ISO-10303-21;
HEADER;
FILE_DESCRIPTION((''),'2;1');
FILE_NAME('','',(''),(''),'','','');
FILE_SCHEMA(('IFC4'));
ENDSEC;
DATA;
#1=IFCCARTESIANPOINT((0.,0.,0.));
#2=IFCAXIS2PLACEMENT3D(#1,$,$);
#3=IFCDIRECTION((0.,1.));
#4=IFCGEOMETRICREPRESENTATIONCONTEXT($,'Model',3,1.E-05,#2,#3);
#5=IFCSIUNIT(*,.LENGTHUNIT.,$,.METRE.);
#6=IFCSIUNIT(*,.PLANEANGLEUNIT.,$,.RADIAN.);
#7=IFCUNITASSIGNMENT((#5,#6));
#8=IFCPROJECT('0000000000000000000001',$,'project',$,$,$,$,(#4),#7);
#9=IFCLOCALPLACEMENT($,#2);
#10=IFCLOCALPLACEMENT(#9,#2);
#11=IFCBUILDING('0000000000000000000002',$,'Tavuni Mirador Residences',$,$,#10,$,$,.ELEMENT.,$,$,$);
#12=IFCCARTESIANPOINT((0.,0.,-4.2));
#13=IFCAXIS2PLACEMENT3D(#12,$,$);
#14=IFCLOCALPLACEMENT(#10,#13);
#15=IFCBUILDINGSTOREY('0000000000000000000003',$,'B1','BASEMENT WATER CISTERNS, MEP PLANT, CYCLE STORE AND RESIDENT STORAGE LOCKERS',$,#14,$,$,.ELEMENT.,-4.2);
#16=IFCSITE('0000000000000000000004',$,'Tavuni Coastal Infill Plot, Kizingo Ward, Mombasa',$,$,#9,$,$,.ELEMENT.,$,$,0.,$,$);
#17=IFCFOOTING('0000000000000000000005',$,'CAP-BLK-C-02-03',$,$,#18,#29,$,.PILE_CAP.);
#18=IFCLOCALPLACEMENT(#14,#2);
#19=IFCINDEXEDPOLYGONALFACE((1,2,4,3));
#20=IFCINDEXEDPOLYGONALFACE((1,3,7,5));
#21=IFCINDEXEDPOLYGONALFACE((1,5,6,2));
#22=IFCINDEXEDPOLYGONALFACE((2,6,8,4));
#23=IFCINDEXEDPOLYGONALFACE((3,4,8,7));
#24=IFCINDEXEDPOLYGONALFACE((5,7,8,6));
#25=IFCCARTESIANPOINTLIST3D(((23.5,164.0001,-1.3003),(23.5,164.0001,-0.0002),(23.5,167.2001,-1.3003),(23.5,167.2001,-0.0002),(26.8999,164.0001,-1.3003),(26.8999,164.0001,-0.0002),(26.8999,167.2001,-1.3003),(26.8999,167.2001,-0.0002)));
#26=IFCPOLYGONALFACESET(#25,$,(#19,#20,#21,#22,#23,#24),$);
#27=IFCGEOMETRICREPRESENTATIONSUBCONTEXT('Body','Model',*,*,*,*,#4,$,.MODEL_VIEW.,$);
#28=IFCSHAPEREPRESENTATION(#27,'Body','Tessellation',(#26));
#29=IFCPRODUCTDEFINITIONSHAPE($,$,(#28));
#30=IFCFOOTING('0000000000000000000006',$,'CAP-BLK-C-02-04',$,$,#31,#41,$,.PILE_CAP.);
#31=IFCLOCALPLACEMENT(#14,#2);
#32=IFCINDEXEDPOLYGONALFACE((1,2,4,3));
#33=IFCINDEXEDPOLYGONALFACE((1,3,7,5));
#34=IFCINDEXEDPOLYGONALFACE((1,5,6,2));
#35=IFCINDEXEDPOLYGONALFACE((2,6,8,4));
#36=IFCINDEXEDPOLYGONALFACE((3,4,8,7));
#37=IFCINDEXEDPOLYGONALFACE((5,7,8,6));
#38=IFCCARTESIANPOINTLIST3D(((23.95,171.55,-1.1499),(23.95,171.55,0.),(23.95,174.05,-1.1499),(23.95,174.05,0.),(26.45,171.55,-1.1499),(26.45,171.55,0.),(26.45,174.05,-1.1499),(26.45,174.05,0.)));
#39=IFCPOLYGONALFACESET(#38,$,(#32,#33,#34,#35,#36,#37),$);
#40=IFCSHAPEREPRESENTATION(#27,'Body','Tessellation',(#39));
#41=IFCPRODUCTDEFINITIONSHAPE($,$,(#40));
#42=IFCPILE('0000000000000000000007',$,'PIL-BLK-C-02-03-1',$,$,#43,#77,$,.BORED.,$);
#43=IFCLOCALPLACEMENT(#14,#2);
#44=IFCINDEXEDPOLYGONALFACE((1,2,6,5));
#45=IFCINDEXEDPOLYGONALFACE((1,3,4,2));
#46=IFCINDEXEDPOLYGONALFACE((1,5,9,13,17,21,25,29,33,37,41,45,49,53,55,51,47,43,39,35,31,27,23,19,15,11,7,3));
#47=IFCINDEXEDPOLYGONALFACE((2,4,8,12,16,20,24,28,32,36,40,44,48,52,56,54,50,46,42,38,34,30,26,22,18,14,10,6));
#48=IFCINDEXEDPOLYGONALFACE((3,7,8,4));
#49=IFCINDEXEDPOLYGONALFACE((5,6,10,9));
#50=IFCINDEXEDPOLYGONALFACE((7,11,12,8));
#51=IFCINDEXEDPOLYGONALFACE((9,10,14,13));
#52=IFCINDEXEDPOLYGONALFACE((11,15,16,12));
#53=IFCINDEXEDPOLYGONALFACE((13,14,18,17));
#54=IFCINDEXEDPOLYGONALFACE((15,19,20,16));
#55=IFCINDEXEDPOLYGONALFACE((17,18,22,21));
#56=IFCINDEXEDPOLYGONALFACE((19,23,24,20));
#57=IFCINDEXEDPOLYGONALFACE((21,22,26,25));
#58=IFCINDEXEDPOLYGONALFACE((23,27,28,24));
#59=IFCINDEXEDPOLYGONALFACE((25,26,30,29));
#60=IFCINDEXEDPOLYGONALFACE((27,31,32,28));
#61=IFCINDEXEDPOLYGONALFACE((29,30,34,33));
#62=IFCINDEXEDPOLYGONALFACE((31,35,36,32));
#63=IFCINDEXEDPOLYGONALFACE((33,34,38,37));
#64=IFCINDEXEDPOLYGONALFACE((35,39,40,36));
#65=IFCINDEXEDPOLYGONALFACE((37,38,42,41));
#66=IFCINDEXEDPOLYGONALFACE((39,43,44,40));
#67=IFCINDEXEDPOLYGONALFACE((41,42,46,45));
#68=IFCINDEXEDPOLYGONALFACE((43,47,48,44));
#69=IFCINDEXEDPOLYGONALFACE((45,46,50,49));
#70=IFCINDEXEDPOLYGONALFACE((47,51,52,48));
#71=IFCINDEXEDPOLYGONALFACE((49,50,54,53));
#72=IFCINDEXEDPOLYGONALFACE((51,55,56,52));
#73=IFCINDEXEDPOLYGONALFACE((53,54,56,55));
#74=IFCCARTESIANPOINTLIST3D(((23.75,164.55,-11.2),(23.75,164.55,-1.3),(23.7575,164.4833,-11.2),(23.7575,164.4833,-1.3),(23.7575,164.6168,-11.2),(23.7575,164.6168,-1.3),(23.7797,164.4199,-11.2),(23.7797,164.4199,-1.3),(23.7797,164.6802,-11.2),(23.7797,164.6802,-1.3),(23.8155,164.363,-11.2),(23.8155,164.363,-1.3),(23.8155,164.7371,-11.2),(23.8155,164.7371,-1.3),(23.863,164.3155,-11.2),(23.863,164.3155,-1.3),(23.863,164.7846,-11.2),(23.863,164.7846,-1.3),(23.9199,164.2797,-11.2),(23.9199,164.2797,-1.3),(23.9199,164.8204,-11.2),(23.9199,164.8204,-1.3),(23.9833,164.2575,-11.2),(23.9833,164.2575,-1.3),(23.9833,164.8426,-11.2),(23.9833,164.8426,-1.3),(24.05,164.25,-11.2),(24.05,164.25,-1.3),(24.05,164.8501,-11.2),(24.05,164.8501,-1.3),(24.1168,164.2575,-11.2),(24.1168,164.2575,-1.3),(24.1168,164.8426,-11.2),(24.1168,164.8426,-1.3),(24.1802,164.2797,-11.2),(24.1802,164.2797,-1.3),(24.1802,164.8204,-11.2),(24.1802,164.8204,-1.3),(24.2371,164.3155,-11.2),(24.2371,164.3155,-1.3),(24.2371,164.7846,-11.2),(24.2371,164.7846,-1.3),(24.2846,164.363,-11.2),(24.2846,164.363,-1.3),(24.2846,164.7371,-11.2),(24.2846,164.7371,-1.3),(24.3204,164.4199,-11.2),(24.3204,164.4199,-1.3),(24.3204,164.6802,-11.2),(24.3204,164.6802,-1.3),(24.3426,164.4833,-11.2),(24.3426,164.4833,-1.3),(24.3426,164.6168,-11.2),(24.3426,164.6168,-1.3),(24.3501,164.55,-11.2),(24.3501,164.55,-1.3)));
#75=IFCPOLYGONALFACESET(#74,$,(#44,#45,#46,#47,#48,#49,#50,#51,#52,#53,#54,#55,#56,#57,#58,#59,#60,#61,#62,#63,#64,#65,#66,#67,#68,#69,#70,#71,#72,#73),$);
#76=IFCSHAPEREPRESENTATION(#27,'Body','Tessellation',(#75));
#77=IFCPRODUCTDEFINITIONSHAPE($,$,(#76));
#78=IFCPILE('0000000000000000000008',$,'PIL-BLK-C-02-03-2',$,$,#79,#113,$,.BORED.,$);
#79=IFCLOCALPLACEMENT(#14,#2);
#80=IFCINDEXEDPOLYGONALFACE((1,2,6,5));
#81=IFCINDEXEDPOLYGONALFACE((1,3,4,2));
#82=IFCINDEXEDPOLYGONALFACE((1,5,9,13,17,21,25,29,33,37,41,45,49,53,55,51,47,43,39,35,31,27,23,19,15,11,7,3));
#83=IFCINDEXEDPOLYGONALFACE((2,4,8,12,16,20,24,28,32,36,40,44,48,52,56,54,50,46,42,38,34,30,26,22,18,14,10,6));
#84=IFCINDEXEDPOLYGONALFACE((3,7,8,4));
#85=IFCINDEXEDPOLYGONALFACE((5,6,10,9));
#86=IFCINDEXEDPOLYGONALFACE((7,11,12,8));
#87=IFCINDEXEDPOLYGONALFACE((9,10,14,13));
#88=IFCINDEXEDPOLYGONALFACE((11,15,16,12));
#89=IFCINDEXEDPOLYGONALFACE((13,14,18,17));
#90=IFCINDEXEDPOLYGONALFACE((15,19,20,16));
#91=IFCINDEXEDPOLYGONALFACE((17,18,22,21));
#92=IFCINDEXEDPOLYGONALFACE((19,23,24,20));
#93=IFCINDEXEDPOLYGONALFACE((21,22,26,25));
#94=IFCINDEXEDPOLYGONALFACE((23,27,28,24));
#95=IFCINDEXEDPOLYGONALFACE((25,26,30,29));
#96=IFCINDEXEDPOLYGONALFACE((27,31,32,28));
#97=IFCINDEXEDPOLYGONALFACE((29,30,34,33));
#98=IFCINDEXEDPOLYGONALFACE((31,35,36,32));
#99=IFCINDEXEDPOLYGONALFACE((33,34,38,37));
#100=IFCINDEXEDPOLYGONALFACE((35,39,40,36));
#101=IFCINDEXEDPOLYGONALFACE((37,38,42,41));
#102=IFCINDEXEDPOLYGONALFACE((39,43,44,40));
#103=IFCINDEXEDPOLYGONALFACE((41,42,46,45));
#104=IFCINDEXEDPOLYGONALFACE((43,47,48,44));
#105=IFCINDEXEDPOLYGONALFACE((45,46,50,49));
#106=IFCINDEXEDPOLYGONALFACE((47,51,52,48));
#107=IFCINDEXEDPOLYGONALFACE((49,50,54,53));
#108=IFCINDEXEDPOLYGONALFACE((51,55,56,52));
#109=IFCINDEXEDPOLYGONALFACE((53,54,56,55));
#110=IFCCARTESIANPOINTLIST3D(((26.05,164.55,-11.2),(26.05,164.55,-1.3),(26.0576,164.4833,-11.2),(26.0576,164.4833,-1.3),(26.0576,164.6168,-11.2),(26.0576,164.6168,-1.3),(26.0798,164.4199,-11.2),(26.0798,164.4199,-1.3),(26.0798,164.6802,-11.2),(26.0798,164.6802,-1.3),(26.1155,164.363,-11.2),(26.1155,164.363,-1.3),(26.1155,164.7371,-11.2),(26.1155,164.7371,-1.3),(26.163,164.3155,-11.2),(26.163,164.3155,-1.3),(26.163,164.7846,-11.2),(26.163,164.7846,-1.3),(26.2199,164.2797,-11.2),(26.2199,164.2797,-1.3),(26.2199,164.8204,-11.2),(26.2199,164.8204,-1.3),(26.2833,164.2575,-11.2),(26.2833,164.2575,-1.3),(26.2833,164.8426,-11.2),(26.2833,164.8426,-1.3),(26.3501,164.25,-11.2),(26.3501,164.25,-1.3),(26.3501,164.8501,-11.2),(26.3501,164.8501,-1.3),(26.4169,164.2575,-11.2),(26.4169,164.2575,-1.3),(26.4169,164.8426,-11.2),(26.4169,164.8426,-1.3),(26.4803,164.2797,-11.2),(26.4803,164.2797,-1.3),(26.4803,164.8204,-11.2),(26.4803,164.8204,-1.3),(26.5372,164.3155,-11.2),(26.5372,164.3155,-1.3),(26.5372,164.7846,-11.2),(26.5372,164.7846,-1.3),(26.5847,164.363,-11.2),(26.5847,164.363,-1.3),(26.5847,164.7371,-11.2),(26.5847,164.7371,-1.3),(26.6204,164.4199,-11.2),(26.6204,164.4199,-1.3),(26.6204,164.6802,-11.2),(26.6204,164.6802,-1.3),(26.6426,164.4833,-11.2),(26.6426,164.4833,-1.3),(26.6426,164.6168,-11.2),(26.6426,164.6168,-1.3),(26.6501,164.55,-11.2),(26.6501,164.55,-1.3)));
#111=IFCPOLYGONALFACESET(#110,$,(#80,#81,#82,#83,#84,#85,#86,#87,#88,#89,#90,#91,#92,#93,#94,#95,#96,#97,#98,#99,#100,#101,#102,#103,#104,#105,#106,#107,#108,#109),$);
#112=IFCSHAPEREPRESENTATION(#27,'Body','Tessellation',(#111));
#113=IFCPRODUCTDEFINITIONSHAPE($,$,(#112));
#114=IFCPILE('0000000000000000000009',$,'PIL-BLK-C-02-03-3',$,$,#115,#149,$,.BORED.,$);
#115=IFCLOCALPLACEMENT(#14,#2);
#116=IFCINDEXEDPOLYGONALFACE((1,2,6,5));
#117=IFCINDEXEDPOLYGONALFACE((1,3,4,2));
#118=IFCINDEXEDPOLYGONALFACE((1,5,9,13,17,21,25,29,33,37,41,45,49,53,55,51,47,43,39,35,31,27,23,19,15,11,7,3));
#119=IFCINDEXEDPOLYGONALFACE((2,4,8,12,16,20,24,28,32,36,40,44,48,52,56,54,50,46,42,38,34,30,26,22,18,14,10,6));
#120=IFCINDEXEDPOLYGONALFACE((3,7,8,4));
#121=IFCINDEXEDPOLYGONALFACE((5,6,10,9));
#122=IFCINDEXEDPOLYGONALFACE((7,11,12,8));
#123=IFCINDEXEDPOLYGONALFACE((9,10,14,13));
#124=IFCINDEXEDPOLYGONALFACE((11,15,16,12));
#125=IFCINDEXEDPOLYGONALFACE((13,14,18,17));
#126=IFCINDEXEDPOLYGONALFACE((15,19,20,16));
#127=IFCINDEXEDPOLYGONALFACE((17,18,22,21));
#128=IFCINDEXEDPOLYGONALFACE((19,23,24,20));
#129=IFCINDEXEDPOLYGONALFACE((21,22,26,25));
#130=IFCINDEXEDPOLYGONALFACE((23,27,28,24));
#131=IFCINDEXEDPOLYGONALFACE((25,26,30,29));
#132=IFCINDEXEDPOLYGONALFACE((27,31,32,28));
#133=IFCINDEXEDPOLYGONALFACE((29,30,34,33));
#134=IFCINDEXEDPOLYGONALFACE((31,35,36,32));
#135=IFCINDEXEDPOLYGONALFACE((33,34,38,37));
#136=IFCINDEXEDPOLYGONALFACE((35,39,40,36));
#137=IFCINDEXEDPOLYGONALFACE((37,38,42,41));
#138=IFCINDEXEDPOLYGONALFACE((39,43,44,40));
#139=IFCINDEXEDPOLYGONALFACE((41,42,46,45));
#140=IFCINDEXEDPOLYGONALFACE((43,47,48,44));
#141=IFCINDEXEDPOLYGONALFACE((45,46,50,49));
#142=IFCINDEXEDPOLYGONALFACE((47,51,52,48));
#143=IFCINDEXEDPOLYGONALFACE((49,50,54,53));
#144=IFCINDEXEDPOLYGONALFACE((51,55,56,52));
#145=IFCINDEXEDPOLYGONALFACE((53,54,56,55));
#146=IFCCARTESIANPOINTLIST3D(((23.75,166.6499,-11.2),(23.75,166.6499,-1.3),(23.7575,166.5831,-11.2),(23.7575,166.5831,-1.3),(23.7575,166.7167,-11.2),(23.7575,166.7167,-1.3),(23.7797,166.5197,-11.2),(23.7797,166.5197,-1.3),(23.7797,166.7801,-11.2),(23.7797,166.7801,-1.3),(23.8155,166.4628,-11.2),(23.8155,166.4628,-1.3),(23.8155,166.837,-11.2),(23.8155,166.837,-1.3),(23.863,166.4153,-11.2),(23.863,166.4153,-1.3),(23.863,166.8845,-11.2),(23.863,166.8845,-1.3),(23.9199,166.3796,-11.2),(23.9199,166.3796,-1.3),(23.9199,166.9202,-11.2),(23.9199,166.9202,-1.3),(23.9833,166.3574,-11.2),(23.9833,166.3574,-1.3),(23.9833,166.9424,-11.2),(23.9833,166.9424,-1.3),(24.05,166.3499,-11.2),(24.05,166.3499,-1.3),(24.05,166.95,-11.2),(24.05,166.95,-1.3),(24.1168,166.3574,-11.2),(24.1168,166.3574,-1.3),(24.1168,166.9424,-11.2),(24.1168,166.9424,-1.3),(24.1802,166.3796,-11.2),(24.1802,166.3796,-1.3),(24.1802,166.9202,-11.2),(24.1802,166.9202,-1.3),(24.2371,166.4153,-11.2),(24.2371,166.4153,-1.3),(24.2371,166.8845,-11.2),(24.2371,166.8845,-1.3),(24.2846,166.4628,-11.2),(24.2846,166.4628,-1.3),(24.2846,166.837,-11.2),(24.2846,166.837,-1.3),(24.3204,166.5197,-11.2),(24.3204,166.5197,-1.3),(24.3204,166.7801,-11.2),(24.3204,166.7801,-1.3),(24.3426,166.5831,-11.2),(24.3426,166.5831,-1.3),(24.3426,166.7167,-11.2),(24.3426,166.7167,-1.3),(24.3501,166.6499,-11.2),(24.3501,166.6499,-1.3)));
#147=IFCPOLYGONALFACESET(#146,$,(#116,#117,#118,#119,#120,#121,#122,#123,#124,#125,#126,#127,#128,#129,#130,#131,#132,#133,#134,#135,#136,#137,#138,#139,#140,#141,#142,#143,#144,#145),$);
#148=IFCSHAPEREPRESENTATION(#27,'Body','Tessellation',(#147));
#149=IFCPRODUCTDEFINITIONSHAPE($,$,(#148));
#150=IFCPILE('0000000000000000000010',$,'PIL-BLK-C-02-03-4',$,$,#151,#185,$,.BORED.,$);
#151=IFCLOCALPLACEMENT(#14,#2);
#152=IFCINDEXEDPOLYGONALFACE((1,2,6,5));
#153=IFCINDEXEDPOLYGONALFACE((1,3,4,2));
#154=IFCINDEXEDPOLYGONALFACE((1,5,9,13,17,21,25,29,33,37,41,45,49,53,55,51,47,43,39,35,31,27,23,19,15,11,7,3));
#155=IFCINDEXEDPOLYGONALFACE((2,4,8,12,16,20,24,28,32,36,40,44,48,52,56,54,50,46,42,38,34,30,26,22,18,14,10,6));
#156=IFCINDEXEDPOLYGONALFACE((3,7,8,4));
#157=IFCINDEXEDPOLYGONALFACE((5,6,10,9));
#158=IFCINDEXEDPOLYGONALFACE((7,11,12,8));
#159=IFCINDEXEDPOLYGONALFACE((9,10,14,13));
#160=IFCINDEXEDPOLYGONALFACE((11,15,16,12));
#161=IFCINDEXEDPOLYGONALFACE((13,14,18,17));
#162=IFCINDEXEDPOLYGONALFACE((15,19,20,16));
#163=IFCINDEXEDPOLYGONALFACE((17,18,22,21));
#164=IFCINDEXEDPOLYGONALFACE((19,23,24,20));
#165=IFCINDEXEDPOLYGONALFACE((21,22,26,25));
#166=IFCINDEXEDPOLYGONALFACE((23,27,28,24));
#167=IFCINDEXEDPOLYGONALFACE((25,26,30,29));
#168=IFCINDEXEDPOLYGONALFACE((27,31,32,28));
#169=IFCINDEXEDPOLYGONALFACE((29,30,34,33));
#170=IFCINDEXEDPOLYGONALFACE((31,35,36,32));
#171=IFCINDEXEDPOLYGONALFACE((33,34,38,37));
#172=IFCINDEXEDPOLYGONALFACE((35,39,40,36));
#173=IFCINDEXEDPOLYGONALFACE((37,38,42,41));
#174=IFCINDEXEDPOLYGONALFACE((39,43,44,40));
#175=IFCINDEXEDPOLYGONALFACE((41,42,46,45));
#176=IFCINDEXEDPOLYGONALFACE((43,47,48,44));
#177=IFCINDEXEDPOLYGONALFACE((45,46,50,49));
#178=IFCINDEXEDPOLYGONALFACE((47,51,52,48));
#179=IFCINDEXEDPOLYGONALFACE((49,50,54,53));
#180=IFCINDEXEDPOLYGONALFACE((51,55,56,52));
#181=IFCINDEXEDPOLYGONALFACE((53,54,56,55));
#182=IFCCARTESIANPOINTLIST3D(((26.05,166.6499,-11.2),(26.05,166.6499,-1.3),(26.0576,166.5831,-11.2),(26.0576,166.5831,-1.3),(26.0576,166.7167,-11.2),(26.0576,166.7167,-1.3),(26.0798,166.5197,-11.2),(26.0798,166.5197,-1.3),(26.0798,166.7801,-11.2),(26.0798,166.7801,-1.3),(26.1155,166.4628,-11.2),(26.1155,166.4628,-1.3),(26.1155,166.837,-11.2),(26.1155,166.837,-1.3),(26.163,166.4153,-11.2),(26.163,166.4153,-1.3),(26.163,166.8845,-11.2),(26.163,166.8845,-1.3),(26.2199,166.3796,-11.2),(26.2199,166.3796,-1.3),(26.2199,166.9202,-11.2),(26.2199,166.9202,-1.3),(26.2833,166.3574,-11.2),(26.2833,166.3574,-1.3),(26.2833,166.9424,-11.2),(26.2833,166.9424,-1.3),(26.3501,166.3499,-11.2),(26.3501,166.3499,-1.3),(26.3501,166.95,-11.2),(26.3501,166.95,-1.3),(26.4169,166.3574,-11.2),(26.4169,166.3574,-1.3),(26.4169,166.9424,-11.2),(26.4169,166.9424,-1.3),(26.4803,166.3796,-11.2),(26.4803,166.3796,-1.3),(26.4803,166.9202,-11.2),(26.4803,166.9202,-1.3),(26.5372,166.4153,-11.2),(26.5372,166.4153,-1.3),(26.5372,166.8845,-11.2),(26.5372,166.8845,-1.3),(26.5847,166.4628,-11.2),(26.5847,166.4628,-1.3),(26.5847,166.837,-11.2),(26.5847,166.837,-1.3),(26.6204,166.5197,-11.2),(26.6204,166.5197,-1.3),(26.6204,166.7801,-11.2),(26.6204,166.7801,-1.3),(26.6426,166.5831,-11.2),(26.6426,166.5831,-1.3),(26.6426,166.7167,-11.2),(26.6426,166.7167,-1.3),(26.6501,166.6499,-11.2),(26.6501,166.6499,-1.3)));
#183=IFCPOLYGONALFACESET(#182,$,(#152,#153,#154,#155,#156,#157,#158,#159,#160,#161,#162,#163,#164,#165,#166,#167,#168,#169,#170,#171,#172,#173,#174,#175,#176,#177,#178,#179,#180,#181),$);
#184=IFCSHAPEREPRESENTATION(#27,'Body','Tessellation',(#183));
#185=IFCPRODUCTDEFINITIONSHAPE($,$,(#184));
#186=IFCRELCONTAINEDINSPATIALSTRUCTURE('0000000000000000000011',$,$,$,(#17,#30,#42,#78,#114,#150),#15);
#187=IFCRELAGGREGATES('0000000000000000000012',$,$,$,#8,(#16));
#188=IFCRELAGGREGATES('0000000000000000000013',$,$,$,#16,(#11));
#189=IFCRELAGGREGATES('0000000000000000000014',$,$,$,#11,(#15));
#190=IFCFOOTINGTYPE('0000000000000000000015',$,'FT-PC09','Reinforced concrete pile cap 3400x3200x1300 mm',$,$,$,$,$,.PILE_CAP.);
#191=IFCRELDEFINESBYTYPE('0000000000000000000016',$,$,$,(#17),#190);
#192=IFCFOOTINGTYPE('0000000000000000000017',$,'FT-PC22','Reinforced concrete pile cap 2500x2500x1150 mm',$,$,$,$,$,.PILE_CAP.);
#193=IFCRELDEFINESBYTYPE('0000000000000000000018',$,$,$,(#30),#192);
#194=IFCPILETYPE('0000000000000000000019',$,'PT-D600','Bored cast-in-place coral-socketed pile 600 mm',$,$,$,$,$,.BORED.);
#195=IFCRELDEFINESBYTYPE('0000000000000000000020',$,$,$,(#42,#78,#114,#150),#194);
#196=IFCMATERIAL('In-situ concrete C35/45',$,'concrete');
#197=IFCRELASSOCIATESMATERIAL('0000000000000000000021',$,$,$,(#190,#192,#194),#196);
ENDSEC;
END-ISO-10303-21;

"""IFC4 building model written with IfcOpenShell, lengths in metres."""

from ifc_helpers import new_model, si_unit, direction, frame, origin, origin_2d, place, context, subcontext, project, spatial, rectangle, circle, extrude, material, material_profile, profile_set, type_object, element, save


model = new_model("IFC4")

# Units and contexts
model_context = context("Model", 3, precision=1e-05, world=origin(), true_north=direction((0.0, 1.0)))
body_context = subcontext(model_context, "Body", "Model", "MODEL_VIEW")
ifc_project = project(units=[si_unit("LENGTHUNIT", "METRE"), si_unit("PLANEANGLEUNIT", "RADIAN")], contexts=[model_context])

# Site, building, storey
site_placement = place(None, origin())
site = spatial("IfcSite", under=ifc_project, at=site_placement, Name="Tavuni Coastal Infill Plot, Kizingo Ward, Mombasa", CompositionType="ELEMENT", RefElevation=0.0)
building_placement = place(site_placement, origin())
building = spatial("IfcBuilding", under=site, at=building_placement, Name="Tavuni Mirador Residences", CompositionType="ELEMENT")
storey_placement = place(building_placement, frame((0.0, 0.0, -4.2)))
storey = spatial("IfcBuildingStorey", under=building, at=storey_placement, Name="B1", Description="BASEMENT WATER CISTERNS, MEP PLANT, CYCLE STORE AND RESIDENT STORAGE LOCKERS", CompositionType="ELEMENT", Elevation=-4.2)

# Footings
ifc_material_1 = material(Name="In-situ concrete C35/45", Category="concrete")
footing_type_1 = type_object("IfcFootingType", Name="FT-PC09", Description="Reinforced concrete pile cap 3400x3200x1300 mm", PredefinedType="PILE_CAP", material=ifc_material_1)
footing_1_placement = place(storey_placement, frame((25.2, 165.6001, -1.3003), z_axis=(0.0, 0.0, 1.0), x_axis=(1.0, 0.0, 0.0)))
element("IfcFooting", 1, at=footing_1_placement, inside=storey, type_object=footing_type_1, Name="CAP-BLK-C-02-03", PredefinedType="PILE_CAP", context=body_context, shape_type="SweptSolid", body=[
    extrude(rectangle(XDim=3.3999, YDim=3.2, at=origin_2d()), origin(), (0.0, 0.0, 1.0), 1.3),
])
footing_type_2 = type_object("IfcFootingType", Name="FT-PC22", Description="Reinforced concrete pile cap 2500x2500x1150 mm", PredefinedType="PILE_CAP", material=ifc_material_1)
footing_2_placement = place(storey_placement, frame((25.2, 172.8, -1.1499), z_axis=(0.0, 0.0, 1.0), x_axis=(1.0, 0.0, 0.0)))
element("IfcFooting", 2, at=footing_2_placement, inside=storey, type_object=footing_type_2, Name="CAP-BLK-C-02-04", PredefinedType="PILE_CAP", context=body_context, shape_type="SweptSolid", body=[
    extrude(rectangle(XDim=2.5, YDim=2.5, at=origin_2d()), origin(), (0.0, 0.0, 1.0), 1.1499),
])

# Piles
ifc_material_profile_1 = material_profile(ifc_material_1, circle(Radius=0.3, at=origin_2d()), Name="PILE D600", Category="concrete")
ifc_profile_set_1 = profile_set([ifc_material_profile_1], Name="In-situ concrete C35/45")
pile_type_1 = type_object("IfcPileType", Name="PT-D600", Description="Bored cast-in-place coral-socketed pile 600 mm", PredefinedType="BORED", material=ifc_profile_set_1)
for number, where, z_axis, x_axis, name in (
    (3, (24.05, 164.55, -1.3), (0.0, 0.0, -1.0), (1.0, 0.0, 0.0), "PIL-BLK-C-02-03-1"),
    (4, (26.3501, 164.55, -1.3), (0.0, 0.0, -1.0), (1.0, 0.0, 0.0), "PIL-BLK-C-02-03-2"),
    (5, (24.05, 166.6499, -1.3), (0.0, 0.0, -1.0), (1.0, 0.0, 0.0), "PIL-BLK-C-02-03-3"),
    (6, (26.3501, 166.6499, -1.3), (0.0, 0.0, -1.0), (1.0, 0.0, 0.0), "PIL-BLK-C-02-03-4"),
):
    element("IfcPile", number, at=place(storey_placement, frame(where, z_axis=z_axis, x_axis=x_axis)), inside=storey, type_object=pile_type_1, Name=name, PredefinedType="BORED", context=body_context, shape_type="SweptSolid", body=[
        extrude(circle(Radius=0.3, at=origin_2d()), origin(), (0.0, 0.0, 1.0), 9.8999),
    ])

save(model, "model.ifc")
